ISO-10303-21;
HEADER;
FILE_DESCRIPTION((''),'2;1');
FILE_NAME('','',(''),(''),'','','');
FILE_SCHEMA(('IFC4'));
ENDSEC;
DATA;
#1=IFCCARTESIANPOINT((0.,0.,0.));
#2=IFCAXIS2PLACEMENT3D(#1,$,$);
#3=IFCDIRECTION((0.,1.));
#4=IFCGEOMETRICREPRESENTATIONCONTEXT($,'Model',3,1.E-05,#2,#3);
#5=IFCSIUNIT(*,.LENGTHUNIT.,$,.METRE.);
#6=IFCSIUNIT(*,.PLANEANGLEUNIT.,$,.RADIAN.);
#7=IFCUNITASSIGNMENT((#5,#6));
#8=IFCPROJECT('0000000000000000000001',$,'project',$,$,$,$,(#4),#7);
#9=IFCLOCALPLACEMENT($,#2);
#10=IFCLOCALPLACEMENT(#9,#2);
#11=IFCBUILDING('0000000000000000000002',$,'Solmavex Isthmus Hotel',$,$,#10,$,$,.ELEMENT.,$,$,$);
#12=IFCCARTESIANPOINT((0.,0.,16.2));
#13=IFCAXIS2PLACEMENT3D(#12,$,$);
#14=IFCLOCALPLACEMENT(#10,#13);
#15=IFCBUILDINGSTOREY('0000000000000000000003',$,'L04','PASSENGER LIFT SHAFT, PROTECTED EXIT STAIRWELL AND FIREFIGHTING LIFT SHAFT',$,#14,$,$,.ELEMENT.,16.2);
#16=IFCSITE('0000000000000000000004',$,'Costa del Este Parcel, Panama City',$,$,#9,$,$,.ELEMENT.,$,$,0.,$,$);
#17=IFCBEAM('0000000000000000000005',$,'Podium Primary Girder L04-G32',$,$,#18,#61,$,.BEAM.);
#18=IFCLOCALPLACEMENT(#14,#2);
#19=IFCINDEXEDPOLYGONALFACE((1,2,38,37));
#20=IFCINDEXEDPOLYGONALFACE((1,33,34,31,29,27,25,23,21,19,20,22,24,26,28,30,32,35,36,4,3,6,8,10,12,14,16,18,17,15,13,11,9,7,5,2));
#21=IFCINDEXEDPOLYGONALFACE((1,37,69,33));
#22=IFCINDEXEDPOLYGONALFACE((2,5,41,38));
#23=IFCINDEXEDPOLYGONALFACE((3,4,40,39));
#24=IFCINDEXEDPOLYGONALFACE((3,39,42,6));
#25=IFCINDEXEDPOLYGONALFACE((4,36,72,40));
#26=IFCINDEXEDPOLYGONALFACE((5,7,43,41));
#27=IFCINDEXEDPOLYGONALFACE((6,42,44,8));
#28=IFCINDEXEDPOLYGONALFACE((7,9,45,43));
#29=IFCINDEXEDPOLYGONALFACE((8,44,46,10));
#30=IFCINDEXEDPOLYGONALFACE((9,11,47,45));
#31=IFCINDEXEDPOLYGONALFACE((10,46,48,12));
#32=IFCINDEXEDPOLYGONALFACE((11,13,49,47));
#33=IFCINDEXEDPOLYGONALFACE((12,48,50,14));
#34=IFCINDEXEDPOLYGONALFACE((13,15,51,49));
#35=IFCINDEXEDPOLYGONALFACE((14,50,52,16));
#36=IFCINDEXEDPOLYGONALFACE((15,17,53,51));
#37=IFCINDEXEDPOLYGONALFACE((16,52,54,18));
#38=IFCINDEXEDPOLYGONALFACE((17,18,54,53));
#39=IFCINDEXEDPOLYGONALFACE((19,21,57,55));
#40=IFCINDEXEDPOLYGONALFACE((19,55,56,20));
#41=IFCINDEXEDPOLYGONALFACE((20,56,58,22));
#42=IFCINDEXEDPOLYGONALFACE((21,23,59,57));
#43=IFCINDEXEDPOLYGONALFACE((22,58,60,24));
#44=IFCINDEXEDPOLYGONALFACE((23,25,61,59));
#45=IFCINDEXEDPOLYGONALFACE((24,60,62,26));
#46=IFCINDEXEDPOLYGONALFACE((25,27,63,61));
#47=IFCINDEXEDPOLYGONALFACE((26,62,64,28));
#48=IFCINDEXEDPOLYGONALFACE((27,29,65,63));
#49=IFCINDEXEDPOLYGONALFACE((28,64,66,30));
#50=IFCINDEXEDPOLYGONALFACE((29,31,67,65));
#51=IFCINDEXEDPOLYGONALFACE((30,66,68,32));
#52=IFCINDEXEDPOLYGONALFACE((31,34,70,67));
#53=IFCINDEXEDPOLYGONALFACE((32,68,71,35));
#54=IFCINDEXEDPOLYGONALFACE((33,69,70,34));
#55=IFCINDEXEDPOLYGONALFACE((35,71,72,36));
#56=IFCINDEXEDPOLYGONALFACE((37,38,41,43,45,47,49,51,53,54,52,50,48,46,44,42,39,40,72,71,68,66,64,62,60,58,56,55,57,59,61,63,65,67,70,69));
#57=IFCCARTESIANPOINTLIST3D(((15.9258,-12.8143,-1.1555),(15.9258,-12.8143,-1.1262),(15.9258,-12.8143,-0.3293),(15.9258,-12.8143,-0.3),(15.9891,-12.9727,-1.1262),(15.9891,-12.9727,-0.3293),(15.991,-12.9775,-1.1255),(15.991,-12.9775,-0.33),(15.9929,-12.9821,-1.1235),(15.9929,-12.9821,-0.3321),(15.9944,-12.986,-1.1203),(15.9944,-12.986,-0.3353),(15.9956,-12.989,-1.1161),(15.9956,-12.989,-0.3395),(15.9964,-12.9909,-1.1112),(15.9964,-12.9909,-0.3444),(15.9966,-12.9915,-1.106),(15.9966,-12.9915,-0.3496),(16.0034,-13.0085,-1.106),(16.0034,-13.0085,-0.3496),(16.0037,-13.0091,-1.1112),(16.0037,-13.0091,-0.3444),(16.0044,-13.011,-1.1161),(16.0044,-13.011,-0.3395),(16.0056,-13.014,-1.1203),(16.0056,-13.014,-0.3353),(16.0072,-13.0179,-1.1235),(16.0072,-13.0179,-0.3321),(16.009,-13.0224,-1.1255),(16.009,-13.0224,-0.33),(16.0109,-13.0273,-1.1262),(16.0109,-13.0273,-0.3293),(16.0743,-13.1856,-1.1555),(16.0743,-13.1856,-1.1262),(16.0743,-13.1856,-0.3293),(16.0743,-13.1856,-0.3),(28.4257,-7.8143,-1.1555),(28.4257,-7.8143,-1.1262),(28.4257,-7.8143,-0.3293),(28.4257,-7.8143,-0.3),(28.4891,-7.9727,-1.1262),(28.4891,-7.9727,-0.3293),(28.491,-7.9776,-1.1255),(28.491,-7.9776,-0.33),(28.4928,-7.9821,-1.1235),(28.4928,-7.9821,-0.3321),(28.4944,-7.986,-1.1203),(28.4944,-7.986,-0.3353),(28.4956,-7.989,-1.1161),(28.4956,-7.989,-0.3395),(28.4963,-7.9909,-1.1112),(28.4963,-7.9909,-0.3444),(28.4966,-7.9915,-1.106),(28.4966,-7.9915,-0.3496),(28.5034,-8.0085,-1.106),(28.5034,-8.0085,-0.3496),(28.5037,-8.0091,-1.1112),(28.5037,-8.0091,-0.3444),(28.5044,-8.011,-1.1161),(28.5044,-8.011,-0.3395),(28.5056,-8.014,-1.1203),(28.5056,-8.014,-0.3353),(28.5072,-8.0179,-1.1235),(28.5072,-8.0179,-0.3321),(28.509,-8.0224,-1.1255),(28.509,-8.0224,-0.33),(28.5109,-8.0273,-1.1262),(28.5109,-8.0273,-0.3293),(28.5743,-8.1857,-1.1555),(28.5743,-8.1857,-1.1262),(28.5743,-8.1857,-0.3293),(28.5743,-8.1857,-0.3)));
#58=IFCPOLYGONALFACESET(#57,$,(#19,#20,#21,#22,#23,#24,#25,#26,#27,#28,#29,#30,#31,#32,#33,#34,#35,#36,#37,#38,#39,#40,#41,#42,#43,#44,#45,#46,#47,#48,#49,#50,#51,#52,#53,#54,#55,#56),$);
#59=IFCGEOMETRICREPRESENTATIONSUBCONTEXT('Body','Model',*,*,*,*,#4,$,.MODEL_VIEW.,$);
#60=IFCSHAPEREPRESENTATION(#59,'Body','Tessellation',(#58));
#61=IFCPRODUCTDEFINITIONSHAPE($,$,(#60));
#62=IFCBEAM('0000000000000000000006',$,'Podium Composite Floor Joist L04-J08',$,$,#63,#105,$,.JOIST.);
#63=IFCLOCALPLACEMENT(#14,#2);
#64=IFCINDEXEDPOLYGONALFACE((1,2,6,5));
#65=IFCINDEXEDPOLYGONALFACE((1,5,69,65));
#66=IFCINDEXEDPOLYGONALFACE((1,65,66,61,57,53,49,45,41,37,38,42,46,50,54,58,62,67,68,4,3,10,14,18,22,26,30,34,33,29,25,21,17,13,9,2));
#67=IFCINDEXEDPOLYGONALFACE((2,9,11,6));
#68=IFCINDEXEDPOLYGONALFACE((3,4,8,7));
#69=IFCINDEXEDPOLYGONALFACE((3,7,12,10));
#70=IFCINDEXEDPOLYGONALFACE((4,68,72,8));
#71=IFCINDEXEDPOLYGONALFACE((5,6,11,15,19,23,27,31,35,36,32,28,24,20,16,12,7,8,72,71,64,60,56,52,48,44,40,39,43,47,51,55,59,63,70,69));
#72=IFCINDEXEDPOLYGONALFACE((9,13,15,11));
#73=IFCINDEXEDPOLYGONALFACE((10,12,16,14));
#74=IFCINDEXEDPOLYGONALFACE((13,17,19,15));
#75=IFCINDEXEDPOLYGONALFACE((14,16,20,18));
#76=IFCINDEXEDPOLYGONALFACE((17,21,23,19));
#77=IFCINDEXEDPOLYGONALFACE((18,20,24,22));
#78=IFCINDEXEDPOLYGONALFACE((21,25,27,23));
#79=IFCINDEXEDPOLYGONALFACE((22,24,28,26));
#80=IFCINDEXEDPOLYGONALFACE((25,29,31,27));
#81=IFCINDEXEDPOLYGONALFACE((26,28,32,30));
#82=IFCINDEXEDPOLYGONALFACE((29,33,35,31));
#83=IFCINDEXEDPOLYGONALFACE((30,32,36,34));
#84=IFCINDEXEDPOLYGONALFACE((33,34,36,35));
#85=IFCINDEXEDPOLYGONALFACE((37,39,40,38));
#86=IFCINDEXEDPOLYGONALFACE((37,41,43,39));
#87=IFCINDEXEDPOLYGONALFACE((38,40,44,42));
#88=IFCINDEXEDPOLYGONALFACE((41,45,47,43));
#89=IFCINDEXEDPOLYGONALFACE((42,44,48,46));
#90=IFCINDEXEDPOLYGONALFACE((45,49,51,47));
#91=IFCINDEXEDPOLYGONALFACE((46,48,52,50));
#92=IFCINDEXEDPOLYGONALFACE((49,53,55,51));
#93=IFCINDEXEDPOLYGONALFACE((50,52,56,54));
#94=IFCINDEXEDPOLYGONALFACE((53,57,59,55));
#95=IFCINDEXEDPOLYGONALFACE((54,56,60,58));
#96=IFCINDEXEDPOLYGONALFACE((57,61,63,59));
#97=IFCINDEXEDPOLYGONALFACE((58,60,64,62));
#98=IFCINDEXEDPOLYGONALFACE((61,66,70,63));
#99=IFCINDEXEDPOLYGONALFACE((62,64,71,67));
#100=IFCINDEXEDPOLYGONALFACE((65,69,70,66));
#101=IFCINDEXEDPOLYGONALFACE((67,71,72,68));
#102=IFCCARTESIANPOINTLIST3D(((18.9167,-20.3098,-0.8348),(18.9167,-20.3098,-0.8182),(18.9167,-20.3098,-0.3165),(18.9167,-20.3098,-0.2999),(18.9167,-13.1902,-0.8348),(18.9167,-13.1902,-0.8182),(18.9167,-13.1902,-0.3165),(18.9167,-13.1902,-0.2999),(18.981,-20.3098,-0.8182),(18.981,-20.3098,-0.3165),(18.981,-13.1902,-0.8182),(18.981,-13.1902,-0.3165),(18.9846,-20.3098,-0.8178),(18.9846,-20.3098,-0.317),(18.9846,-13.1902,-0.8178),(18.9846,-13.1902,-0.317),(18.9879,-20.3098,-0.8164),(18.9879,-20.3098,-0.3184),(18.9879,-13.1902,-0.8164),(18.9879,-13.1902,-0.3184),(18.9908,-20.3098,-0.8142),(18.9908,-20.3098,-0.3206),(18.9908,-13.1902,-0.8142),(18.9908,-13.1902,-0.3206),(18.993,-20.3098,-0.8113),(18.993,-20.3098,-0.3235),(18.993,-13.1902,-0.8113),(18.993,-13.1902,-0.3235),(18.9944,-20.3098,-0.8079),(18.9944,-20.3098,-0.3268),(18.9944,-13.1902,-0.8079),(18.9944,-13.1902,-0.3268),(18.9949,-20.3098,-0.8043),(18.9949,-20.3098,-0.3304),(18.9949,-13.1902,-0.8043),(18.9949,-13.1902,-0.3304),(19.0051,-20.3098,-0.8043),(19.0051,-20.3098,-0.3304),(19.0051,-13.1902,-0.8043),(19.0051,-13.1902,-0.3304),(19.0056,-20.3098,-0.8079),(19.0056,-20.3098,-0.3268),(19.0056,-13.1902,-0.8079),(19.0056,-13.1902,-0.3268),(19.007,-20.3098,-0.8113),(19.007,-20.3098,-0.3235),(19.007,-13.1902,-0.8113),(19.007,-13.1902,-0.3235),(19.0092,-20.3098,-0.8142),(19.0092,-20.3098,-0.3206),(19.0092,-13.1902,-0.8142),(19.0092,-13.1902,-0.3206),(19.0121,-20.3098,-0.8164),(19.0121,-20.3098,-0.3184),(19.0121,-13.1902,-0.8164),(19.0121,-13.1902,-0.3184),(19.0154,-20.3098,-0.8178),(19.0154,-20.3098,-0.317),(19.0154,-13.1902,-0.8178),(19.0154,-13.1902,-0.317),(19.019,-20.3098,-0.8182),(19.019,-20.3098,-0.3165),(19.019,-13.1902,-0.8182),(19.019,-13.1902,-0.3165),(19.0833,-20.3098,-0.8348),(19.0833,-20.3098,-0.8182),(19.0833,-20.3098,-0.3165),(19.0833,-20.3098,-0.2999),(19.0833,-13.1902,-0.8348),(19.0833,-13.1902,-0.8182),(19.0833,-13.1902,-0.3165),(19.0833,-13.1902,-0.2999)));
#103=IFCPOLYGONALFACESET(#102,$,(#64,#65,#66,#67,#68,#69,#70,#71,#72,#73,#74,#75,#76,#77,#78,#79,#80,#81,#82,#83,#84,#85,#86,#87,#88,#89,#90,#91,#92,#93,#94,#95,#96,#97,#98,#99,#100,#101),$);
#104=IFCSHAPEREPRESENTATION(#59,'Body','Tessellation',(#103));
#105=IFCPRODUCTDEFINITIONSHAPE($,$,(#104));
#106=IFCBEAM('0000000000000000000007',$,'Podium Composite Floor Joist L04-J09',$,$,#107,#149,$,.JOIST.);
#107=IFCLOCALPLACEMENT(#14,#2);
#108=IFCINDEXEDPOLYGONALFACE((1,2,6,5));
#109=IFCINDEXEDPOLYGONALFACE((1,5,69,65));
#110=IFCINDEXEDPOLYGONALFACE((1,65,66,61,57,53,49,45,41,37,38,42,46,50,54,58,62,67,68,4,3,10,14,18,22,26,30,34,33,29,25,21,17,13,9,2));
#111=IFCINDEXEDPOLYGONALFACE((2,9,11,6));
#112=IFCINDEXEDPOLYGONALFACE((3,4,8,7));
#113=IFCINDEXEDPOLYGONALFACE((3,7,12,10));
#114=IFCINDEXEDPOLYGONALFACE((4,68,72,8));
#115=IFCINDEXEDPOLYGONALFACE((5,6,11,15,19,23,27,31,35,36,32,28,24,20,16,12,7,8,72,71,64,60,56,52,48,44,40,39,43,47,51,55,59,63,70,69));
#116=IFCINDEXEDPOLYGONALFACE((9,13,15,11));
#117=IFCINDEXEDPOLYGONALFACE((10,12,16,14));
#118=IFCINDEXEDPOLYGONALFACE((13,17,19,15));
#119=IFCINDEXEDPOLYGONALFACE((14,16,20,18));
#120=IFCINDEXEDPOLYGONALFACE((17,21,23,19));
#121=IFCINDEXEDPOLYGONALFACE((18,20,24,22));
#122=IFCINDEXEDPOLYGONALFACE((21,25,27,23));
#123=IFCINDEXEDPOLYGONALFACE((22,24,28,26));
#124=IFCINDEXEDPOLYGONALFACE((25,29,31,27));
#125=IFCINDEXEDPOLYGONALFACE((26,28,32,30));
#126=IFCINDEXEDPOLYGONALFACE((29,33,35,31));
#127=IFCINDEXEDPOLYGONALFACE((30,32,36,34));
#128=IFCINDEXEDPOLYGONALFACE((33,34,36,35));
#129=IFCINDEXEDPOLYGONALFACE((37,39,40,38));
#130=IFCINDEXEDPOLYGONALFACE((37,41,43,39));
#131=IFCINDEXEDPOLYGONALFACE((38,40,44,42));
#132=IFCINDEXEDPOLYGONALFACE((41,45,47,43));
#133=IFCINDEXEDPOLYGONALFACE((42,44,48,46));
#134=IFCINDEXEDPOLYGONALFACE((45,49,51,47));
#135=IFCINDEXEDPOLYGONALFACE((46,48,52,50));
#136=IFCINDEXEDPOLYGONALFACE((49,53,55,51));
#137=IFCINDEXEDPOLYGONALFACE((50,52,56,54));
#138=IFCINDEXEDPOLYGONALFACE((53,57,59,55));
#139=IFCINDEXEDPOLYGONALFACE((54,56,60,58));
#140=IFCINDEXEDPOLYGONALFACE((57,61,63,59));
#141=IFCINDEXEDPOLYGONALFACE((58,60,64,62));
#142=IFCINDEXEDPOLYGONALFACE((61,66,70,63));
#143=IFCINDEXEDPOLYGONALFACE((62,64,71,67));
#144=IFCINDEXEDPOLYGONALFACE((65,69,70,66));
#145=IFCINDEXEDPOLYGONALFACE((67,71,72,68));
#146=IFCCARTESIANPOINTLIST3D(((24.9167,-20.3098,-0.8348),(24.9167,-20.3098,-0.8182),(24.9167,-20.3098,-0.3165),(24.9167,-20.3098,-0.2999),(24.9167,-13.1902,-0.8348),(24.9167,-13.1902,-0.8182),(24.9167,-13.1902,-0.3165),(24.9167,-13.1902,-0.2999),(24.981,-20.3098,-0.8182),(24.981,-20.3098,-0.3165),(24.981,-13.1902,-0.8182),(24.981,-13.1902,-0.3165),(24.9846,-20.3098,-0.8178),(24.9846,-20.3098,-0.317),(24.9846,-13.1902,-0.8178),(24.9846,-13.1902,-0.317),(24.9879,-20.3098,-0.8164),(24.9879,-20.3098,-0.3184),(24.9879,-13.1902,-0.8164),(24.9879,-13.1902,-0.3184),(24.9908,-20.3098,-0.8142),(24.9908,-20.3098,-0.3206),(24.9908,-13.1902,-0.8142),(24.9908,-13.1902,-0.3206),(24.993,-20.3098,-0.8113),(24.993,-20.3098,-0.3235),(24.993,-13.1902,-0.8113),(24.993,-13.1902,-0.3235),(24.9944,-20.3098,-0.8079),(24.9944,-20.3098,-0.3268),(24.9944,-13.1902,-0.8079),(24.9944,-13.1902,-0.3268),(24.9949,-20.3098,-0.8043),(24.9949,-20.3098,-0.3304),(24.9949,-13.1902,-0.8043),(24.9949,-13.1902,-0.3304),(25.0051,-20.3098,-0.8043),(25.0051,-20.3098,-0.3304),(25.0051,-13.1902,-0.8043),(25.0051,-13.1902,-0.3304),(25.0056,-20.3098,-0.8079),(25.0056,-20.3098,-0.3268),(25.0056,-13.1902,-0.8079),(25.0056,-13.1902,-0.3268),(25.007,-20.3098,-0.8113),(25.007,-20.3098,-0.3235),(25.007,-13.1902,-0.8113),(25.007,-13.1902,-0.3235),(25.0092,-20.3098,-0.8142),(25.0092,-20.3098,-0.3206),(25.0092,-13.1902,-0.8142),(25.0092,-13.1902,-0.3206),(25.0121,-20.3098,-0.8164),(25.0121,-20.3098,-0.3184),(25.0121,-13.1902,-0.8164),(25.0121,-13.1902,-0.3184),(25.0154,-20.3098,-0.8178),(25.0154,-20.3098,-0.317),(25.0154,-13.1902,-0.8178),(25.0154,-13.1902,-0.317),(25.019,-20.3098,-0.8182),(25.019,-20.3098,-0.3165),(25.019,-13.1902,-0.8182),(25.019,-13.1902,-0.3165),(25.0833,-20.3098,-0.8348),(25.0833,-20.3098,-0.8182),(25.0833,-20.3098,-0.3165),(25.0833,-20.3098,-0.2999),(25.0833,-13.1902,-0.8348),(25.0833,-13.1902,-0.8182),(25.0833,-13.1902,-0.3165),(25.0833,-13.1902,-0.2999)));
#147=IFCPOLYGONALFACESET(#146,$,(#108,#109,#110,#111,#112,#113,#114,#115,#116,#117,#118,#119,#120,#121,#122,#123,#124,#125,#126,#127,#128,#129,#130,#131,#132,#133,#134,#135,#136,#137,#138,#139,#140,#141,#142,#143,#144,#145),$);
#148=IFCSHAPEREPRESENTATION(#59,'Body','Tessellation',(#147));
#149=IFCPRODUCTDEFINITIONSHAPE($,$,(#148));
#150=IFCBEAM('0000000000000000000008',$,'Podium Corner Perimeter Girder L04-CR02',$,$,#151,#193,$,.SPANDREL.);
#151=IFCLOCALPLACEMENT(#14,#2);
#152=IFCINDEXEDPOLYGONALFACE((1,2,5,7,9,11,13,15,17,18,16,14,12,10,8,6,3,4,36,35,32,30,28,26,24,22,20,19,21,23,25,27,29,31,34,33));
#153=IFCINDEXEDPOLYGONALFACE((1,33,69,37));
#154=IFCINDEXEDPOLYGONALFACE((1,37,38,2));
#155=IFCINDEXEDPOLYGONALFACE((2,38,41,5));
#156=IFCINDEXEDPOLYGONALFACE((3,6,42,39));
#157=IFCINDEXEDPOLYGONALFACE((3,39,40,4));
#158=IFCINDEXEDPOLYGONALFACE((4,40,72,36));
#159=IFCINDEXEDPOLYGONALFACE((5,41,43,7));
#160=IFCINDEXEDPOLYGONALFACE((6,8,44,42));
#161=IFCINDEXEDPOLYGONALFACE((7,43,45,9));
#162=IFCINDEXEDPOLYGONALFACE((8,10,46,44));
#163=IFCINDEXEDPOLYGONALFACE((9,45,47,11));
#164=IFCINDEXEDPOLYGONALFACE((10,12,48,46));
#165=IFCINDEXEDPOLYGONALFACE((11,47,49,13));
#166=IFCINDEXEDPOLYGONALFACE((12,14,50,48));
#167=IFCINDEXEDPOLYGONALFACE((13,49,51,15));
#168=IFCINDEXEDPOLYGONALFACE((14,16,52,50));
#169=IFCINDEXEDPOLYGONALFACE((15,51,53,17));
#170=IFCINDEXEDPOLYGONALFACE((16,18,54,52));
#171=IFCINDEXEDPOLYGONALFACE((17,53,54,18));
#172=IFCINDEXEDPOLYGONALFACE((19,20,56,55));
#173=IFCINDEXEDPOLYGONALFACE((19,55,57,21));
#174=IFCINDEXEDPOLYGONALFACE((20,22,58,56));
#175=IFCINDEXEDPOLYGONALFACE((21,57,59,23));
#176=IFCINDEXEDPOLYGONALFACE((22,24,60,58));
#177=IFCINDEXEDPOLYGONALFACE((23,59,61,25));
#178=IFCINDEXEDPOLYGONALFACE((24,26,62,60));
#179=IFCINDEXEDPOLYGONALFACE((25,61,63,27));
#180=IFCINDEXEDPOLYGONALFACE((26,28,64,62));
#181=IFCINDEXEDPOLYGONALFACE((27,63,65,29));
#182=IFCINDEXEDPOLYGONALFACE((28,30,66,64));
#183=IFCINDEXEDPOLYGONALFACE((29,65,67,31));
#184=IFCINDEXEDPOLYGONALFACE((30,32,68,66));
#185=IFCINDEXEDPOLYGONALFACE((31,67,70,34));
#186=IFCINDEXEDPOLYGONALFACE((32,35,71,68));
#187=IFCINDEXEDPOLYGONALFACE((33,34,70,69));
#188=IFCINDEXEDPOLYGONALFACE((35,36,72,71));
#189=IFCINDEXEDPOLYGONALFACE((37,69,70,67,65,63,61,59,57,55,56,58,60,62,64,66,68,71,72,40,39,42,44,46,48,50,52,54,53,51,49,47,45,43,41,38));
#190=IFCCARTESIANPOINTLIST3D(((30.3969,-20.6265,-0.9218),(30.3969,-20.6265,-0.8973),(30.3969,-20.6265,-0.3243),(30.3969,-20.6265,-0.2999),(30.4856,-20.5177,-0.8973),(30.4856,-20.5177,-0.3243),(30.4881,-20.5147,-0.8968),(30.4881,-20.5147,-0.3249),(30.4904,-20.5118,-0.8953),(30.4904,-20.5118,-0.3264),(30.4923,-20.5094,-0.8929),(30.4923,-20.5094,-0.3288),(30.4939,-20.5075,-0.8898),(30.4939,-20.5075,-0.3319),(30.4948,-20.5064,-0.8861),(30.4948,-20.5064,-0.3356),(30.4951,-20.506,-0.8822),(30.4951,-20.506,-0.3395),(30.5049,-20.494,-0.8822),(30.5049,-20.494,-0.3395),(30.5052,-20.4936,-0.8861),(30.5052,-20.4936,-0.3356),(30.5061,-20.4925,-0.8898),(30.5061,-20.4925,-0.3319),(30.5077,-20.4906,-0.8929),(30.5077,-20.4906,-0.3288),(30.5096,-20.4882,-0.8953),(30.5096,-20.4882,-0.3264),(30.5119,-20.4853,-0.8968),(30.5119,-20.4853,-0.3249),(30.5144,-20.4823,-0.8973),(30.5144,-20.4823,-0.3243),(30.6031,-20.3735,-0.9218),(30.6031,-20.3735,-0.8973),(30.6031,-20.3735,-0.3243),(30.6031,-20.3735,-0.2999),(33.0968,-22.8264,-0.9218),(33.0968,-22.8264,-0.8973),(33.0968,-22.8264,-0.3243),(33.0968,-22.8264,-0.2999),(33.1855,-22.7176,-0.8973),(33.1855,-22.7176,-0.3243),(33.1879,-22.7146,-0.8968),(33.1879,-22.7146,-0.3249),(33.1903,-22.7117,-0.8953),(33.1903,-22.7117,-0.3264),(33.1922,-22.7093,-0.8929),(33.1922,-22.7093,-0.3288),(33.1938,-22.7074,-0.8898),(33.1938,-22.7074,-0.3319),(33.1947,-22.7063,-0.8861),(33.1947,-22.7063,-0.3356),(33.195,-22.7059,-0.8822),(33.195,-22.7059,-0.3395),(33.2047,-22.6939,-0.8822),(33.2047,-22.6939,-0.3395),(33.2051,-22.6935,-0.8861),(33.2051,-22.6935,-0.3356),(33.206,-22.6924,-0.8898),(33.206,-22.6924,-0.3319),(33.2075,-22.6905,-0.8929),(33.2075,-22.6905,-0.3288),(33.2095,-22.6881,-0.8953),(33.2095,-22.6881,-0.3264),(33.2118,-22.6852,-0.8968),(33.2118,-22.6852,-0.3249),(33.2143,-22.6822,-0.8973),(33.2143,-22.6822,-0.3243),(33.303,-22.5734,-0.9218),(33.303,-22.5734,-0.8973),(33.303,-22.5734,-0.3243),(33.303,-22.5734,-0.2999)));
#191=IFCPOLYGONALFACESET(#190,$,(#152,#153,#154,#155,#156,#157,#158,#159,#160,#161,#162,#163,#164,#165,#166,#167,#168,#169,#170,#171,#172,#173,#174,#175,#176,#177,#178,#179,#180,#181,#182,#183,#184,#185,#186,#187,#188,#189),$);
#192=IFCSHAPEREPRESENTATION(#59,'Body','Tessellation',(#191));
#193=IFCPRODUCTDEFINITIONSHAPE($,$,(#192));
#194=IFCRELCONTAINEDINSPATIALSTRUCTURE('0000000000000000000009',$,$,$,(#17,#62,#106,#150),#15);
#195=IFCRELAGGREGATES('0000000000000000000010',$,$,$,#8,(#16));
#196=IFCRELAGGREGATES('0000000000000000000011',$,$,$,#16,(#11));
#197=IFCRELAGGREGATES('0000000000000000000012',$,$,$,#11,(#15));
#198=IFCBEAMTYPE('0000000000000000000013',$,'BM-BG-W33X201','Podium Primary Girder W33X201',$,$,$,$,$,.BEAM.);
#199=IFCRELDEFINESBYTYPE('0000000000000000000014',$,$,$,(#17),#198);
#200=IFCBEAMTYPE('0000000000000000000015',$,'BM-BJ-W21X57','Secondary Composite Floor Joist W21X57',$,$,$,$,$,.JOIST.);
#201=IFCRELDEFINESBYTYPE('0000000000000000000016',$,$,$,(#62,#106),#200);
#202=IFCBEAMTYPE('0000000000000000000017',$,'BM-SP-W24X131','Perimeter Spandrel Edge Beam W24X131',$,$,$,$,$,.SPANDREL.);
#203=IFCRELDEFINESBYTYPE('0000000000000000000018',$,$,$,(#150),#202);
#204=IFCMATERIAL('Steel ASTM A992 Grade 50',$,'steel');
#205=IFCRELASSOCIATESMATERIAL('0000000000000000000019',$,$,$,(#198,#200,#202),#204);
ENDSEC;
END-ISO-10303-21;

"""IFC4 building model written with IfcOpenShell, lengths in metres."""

from ifc_helpers import new_model, si_unit, direction, frame, origin, origin_2d, place, context, subcontext, project, spatial, i_section, extrude, material, material_profile, profile_set, type_object, element, save


model = new_model("IFC4")

# Units and contexts
model_context = context("Model", 3, precision=1e-05, world=origin(), true_north=direction((0.0, 1.0)))
body_context = subcontext(model_context, "Body", "Model", "MODEL_VIEW")
ifc_project = project(units=[si_unit("LENGTHUNIT", "METRE"), si_unit("PLANEANGLEUNIT", "RADIAN")], contexts=[model_context])

# Site, building, storey
site_placement = place(None, origin())
site = spatial("IfcSite", under=ifc_project, at=site_placement, Name="Costa del Este Parcel, Panama City", CompositionType="ELEMENT", RefElevation=0.0)
building_placement = place(site_placement, origin())
building = spatial("IfcBuilding", under=site, at=building_placement, Name="Solmavex Isthmus Hotel", CompositionType="ELEMENT")
storey_placement = place(building_placement, frame((0.0, 0.0, 16.2)))
storey = spatial("IfcBuildingStorey", under=building, at=storey_placement, Name="L04", Description="PASSENGER LIFT SHAFT, PROTECTED EXIT STAIRWELL AND FIREFIGHTING LIFT SHAFT", CompositionType="ELEMENT", Elevation=16.2)

# Beams
ifc_material_1 = material(Name="Steel ASTM A992 Grade 50", Category="steel")
ifc_material_profile_1 = material_profile(ifc_material_1, i_section(OverallWidth=0.3999, OverallDepth=0.8555, WebThickness=0.0183, FlangeThickness=0.0293, FilletRadius=0.0203, at=origin_2d()), Name="W33X201")
ifc_profile_set_1 = profile_set([ifc_material_profile_1], Name="Steel ASTM A992 Grade 50")
beam_type_1 = type_object("IfcBeamType", Name="BM-BG-W33X201", Description="Podium Primary Girder W33X201", PredefinedType="BEAM", material=ifc_profile_set_1)
beam_1_placement = place(storey_placement, frame((28.5, -8.0, -0.7278), z_axis=(-0.928477, -0.371391, 0.0), x_axis=(0.371391, -0.928477, 0.0)))
element("IfcBeam", 1, at=beam_1_placement, inside=storey, type_object=beam_type_1, Name="Podium Primary Girder L04-G32", PredefinedType="BEAM", context=body_context, shape_type="SweptSolid", body=[
    extrude(i_section(OverallWidth=0.3999, OverallDepth=0.8555, WebThickness=0.0183, FlangeThickness=0.0293, FilletRadius=0.0203, at=origin_2d()), origin(), (0.0, 0.0, 1.0), 13.4629),
])
ifc_material_profile_2 = material_profile(ifc_material_1, i_section(OverallWidth=0.1665, OverallDepth=0.5349, WebThickness=0.0103, FlangeThickness=0.0166, FilletRadius=0.0139, at=origin_2d()), Name="W21X57")
ifc_profile_set_2 = profile_set([ifc_material_profile_2], Name="Steel ASTM A992 Grade 50")
beam_type_2 = type_object("IfcBeamType", Name="BM-BJ-W21X57", Description="Secondary Composite Floor Joist W21X57", PredefinedType="JOIST", material=ifc_profile_set_2)
for number, where, z_axis, x_axis, name in (
    (2, (19.0, -20.3098, -0.5674), (0.0, 1.0, 0.0), (-1.0, 0.0, 0.0), "Podium Composite Floor Joist L04-J08"),
    (3, (25.0, -20.3098, -0.5674), (0.0, 1.0, 0.0), (-1.0, 0.0, 0.0), "Podium Composite Floor Joist L04-J09"),
):
    element("IfcBeam", number, at=place(storey_placement, frame(where, z_axis=z_axis, x_axis=x_axis)), inside=storey, type_object=beam_type_2, Name=name, PredefinedType="JOIST", context=body_context, shape_type="SweptSolid", body=[
        extrude(i_section(OverallWidth=0.1665, OverallDepth=0.5349, WebThickness=0.0103, FlangeThickness=0.0166, FilletRadius=0.0139, at=origin_2d()), origin(), (0.0, 0.0, 1.0), 7.1196),
    ])
ifc_material_profile_3 = material_profile(ifc_material_1, i_section(OverallWidth=0.3264, OverallDepth=0.6218, WebThickness=0.0154, FlangeThickness=0.0244, FilletRadius=0.0151, at=origin_2d()), Name="W24X131")
ifc_profile_set_3 = profile_set([ifc_material_profile_3], Name="Steel ASTM A992 Grade 50")
beam_type_3 = type_object("IfcBeamType", Name="BM-SP-W24X131", Description="Perimeter Spandrel Edge Beam W24X131", PredefinedType="SPANDREL", material=ifc_profile_set_3)
beam_2_placement = place(storey_placement, frame((30.5, -20.5, -0.6108), z_axis=(0.775236, -0.631671, 0.0), x_axis=(0.631671, 0.775236, 0.0)))
element("IfcBeam", 4, at=beam_2_placement, inside=storey, type_object=beam_type_3, Name="Podium Corner Perimeter Girder L04-CR02", PredefinedType="SPANDREL", context=body_context, shape_type="SweptSolid", body=[
    extrude(i_section(OverallWidth=0.3264, OverallDepth=0.6218, WebThickness=0.0154, FlangeThickness=0.0244, FilletRadius=0.0151, at=origin_2d()), origin(), (0.0, 0.0, 1.0), 3.4827),
])

save(model, "model.ifc")
